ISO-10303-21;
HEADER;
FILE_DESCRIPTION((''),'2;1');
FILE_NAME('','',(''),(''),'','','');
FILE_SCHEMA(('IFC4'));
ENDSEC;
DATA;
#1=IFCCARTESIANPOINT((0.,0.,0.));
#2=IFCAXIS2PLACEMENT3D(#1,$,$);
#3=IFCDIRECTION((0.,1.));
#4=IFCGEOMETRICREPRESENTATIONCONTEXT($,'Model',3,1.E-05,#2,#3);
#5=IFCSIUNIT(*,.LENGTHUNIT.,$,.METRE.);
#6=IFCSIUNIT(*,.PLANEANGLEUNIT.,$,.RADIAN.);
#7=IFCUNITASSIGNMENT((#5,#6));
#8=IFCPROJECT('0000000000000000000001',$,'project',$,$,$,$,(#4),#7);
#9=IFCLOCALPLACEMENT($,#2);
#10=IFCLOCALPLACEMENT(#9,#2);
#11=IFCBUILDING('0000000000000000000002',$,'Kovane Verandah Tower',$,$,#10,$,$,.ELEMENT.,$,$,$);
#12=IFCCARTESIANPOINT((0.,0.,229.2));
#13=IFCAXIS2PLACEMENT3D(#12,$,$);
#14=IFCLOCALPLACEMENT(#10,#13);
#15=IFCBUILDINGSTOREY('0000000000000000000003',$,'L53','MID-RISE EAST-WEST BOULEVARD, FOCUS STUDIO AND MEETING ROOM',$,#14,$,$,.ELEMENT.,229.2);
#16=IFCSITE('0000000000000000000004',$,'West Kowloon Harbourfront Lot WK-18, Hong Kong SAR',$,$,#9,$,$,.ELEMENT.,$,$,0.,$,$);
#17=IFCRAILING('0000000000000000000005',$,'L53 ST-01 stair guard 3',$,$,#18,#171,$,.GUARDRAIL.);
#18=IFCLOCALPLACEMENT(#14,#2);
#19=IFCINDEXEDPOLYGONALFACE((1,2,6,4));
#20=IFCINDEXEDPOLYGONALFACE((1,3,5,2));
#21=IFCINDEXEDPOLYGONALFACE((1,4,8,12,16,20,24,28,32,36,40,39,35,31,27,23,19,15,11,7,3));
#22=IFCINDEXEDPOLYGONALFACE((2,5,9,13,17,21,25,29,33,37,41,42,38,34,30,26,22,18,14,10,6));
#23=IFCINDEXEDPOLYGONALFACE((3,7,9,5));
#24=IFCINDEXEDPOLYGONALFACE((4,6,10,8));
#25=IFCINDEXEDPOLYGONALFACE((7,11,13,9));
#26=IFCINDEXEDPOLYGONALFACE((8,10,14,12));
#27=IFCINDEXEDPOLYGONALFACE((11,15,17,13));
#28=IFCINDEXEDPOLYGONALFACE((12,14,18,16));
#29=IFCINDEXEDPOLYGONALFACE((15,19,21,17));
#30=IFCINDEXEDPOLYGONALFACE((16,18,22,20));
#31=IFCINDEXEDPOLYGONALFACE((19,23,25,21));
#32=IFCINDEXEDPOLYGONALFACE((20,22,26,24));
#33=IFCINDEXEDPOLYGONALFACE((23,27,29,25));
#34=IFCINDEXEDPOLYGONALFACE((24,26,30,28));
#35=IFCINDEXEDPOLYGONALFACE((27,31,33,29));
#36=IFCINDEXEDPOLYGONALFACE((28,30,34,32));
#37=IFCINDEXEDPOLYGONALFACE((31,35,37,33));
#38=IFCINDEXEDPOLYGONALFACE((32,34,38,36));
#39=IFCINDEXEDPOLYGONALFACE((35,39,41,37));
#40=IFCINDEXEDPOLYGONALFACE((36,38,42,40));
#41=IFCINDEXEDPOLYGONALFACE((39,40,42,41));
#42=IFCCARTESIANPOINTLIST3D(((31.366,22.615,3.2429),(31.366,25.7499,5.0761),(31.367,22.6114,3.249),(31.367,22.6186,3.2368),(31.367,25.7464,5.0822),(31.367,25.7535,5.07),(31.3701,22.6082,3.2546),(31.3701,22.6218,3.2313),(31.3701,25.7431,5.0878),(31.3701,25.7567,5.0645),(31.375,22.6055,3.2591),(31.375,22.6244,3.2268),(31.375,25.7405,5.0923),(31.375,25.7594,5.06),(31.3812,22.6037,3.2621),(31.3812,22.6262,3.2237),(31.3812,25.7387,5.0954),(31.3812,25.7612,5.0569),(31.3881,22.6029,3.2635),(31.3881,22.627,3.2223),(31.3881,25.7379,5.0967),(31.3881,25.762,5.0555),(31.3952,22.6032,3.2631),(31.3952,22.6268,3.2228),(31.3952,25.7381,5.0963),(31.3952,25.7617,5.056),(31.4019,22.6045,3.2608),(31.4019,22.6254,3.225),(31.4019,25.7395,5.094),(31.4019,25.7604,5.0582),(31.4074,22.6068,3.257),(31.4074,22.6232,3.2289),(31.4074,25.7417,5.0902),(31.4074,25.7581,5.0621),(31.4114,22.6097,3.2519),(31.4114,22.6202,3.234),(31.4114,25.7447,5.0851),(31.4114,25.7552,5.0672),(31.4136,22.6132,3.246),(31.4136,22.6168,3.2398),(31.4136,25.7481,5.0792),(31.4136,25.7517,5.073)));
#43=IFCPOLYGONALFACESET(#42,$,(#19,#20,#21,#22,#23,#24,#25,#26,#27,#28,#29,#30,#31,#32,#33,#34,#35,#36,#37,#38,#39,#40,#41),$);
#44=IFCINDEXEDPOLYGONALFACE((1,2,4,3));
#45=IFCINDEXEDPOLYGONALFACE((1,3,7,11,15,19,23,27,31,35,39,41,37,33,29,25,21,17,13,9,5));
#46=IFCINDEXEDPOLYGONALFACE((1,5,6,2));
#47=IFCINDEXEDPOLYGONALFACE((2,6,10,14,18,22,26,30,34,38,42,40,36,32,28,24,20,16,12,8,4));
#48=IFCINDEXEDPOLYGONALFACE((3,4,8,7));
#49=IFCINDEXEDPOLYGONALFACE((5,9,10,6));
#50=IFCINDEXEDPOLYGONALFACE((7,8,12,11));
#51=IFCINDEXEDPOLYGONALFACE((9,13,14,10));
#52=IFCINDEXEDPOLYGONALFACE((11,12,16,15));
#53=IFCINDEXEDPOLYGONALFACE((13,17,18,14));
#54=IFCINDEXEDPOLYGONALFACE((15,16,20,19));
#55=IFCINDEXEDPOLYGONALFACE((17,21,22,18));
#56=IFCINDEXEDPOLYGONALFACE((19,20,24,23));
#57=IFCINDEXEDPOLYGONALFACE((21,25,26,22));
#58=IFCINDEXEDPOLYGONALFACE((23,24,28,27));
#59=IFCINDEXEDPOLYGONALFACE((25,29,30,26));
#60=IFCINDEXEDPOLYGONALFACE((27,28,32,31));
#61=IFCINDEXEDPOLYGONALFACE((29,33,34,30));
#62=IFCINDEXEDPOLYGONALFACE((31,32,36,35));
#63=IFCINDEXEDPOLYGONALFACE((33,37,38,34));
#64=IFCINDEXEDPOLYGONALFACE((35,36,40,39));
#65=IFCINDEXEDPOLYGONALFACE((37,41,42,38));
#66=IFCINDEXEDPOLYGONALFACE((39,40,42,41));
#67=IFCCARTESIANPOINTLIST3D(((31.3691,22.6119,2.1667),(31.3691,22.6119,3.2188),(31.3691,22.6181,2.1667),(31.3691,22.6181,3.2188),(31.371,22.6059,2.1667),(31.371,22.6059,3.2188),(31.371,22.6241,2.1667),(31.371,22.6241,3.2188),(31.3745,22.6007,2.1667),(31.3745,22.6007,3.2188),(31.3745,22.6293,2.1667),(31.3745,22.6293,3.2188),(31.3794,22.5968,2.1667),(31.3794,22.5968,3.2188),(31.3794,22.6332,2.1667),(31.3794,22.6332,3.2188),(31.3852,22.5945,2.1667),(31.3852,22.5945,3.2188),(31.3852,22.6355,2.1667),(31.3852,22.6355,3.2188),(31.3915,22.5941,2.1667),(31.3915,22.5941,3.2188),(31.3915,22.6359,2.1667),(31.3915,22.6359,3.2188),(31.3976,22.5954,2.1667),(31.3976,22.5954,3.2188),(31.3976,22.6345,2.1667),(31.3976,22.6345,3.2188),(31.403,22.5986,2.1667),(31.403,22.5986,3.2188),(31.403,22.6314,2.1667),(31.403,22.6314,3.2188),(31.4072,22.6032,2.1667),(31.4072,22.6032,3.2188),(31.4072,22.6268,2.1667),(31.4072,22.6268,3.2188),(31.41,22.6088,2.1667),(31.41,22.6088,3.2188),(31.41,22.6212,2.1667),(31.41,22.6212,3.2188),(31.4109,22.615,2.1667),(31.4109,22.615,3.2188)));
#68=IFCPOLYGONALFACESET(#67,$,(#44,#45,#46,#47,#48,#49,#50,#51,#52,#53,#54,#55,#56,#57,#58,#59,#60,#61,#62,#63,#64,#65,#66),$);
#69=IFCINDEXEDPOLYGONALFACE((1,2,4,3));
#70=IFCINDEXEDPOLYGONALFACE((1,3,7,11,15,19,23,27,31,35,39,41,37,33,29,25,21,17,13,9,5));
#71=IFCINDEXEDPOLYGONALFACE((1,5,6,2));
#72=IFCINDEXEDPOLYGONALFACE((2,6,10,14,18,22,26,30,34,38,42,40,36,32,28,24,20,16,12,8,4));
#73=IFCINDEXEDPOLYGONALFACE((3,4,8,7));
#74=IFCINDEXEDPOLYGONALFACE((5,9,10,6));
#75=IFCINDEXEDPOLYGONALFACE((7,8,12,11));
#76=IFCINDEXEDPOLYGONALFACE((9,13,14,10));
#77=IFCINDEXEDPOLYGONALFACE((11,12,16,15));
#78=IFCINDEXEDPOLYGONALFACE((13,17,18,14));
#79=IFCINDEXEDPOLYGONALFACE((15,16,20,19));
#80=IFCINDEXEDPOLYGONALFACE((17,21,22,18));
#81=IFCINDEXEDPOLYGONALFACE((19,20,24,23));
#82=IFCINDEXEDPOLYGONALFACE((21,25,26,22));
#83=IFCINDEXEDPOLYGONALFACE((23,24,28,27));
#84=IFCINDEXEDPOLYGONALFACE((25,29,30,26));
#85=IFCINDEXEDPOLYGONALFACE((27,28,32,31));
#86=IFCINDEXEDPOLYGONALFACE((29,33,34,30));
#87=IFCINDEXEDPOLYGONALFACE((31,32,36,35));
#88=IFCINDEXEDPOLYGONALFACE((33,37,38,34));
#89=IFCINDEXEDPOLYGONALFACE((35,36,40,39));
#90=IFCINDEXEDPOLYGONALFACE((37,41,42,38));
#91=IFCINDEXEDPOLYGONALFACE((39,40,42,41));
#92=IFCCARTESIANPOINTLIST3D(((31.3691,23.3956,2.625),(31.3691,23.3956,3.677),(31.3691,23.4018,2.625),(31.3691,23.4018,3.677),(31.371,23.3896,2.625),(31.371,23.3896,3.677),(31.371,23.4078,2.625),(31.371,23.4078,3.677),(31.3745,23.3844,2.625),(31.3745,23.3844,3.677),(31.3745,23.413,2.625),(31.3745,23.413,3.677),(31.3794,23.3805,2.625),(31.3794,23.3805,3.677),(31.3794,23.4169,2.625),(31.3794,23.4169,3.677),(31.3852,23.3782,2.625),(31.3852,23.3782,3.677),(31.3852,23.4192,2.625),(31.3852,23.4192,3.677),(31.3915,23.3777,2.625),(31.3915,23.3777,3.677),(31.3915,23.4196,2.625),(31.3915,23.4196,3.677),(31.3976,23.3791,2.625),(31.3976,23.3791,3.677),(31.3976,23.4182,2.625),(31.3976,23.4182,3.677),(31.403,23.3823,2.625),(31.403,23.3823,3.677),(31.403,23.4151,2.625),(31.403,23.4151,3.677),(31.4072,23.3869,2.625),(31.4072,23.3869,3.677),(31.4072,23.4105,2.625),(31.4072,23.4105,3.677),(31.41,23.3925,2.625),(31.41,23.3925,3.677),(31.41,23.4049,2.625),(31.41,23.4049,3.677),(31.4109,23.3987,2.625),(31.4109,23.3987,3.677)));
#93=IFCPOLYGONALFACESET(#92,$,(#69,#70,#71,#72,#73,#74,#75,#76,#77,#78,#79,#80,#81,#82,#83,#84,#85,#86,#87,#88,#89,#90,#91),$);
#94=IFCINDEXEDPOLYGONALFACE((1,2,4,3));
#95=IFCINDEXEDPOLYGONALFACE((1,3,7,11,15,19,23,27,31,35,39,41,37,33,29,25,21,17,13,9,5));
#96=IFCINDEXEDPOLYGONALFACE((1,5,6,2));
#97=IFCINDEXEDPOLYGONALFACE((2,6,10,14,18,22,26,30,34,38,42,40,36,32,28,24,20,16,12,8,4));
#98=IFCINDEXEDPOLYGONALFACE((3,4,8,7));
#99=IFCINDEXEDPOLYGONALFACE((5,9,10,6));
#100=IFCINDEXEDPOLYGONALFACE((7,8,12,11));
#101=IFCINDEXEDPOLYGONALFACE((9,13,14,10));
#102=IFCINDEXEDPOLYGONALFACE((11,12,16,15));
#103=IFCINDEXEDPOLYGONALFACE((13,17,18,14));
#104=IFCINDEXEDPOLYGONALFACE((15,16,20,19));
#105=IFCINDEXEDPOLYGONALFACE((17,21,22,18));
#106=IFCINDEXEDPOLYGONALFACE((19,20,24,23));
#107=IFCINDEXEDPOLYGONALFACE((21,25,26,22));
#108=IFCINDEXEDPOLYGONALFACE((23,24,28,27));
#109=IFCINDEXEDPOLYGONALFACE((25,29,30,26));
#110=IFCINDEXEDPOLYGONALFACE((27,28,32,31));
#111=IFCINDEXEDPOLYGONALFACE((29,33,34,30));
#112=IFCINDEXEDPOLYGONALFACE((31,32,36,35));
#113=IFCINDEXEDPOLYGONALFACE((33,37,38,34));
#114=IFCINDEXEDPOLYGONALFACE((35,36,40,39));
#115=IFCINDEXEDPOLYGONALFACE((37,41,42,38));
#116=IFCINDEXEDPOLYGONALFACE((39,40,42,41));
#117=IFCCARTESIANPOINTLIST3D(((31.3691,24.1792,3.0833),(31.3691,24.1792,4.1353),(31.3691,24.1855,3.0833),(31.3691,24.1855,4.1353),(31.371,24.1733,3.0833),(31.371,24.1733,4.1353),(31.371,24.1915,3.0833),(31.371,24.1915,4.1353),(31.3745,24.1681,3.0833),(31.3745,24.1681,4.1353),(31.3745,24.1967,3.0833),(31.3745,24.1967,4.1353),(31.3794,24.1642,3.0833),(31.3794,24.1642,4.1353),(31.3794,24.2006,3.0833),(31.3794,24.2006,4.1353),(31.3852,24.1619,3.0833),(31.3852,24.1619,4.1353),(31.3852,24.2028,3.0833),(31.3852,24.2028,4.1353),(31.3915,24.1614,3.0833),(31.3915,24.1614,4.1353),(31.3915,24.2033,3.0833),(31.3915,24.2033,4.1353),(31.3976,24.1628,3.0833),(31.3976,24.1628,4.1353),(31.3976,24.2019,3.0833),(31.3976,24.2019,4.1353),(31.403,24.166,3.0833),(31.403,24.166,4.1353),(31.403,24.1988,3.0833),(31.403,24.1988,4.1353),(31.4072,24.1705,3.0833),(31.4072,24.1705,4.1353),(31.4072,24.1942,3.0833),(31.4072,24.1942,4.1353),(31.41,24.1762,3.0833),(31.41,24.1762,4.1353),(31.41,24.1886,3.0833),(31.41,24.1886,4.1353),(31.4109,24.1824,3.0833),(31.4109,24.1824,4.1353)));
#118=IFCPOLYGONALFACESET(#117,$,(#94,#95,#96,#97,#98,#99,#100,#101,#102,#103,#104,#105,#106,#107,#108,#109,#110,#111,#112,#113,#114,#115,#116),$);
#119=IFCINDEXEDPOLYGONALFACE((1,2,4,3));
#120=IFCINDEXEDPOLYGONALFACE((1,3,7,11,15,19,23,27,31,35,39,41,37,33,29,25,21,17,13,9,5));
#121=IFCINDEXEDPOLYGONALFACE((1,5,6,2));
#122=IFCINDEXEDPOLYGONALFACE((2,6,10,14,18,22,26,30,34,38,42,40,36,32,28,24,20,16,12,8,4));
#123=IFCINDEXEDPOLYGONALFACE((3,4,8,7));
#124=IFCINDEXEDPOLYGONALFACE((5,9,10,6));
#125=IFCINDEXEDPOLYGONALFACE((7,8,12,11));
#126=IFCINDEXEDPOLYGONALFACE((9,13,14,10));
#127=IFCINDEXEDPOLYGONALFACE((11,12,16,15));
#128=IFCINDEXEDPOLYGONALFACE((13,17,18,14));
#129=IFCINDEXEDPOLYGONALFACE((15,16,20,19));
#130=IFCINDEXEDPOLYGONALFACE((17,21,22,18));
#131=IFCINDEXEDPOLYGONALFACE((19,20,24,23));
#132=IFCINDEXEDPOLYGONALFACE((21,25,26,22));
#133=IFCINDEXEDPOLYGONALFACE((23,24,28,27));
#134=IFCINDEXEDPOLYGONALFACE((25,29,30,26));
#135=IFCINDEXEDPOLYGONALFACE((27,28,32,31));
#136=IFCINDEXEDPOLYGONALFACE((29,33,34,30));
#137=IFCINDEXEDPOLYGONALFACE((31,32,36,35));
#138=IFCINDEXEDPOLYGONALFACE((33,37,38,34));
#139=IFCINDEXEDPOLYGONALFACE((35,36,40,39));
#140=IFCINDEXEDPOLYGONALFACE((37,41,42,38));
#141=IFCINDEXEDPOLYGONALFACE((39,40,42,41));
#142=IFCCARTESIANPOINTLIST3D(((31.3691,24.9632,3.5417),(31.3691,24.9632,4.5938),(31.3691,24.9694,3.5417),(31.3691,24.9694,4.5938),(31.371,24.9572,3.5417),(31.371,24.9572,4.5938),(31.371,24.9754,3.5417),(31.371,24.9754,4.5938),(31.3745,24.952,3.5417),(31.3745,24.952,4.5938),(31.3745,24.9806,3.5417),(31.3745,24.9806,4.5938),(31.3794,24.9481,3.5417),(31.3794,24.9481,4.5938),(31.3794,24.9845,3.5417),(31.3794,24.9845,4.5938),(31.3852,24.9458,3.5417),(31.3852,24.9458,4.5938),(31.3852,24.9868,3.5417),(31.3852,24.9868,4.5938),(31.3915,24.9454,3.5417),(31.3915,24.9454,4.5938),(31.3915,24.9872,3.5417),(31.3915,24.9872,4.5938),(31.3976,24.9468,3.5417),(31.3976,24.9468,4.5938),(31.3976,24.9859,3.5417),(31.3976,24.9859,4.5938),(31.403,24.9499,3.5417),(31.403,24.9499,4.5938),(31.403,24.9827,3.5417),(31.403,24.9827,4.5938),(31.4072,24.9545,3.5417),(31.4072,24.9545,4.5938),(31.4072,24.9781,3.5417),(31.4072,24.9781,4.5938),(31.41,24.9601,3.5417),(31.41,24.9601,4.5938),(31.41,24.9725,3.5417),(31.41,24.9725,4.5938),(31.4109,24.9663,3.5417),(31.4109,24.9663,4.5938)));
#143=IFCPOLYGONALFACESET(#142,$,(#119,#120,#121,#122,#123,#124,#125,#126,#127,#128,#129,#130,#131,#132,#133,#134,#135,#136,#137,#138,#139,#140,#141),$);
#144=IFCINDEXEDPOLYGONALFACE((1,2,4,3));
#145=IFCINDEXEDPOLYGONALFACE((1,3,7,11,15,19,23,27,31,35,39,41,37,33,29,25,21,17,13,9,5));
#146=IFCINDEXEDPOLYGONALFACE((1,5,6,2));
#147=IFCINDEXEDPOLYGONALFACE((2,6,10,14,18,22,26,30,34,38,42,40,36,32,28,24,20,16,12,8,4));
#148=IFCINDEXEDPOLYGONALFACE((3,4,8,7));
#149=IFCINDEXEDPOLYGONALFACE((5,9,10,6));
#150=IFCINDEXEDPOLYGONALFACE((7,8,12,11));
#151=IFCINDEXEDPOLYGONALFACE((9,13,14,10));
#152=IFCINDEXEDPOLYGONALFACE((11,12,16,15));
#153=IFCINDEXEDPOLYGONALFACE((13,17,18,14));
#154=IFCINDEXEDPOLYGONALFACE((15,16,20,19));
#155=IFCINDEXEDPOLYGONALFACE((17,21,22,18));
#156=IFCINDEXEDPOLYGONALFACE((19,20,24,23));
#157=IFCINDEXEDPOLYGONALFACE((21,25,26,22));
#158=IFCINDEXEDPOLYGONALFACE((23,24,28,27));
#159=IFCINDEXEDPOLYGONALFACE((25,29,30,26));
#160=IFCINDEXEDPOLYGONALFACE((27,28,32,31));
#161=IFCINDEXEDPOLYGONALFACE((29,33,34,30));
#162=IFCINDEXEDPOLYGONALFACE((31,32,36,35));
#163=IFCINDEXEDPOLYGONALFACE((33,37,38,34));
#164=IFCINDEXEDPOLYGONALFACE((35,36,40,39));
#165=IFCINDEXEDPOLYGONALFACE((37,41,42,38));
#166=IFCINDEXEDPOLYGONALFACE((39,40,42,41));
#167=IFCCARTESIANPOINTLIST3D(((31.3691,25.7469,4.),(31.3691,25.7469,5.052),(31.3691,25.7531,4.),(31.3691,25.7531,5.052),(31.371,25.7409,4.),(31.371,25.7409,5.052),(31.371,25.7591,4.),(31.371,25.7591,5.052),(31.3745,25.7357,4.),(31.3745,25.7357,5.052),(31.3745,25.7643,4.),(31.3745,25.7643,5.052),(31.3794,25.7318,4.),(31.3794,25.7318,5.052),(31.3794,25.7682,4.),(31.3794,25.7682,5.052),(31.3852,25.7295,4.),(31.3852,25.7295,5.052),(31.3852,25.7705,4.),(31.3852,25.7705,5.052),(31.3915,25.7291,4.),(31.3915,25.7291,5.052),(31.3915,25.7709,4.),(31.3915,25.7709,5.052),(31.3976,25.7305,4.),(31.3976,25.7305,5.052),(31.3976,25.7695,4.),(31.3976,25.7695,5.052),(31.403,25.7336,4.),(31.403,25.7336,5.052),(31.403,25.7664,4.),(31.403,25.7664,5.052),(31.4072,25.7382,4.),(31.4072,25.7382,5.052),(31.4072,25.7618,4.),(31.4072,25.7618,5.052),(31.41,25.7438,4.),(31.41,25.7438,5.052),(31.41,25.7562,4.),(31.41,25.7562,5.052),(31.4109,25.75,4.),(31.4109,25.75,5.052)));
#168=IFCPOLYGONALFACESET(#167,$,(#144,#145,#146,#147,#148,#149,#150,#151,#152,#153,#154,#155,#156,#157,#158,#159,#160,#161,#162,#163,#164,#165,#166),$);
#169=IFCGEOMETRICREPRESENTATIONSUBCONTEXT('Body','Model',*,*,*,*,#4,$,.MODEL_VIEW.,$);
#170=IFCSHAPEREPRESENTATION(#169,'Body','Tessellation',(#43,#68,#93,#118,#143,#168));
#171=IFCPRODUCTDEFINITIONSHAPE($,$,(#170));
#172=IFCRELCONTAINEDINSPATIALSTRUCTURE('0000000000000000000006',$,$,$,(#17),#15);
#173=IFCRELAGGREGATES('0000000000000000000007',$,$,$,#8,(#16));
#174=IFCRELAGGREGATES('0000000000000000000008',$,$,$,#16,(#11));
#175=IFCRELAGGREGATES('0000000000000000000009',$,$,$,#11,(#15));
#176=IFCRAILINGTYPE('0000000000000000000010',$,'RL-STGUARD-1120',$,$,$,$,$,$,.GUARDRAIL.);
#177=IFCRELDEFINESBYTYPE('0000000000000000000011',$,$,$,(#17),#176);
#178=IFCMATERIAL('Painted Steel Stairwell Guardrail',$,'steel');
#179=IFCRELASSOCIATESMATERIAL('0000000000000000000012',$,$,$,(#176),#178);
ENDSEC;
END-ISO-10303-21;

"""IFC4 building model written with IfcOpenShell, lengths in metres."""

from ifc_helpers import new_model, si_unit, direction, frame, origin, origin_2d, place, context, subcontext, project, spatial, circle, extrude, material, type_object, element, save


model = new_model("IFC4")

# Units and contexts
model_context = context("Model", 3, precision=1e-05, world=origin(), true_north=direction((0.0, 1.0)))
body_context = subcontext(model_context, "Body", "Model", "MODEL_VIEW")
ifc_project = project(units=[si_unit("LENGTHUNIT", "METRE"), si_unit("PLANEANGLEUNIT", "RADIAN")], contexts=[model_context])

# Site, building, storey
site_placement = place(None, origin())
site = spatial("IfcSite", under=ifc_project, at=site_placement, Name="West Kowloon Harbourfront Lot WK-18, Hong Kong SAR", CompositionType="ELEMENT", RefElevation=0.0)
building_placement = place(site_placement, origin())
building = spatial("IfcBuilding", under=site, at=building_placement, Name="Kovane Verandah Tower", CompositionType="ELEMENT")
storey_placement = place(building_placement, frame((0.0, 0.0, 229.2)))
storey = spatial("IfcBuildingStorey", under=building, at=storey_placement, Name="L53", Description="MID-RISE EAST-WEST BOULEVARD, FOCUS STUDIO AND MEETING ROOM", CompositionType="ELEMENT", Elevation=229.2)

# Railing
ifc_material_1 = material(Name="Painted Steel Stairwell Guardrail", Category="steel")
railing_type_1 = type_object("IfcRailingType", Name="RL-STGUARD-1120", PredefinedType="GUARDRAIL", material=ifc_material_1)
railing_1_placement = place(storey_placement, frame((31.3899, 22.615, 2.1667)))
element("IfcRailing", 1, at=railing_1_placement, inside=storey, type_object=railing_type_1, Name="L53 ST-01 stair guard 3", PredefinedType="GUARDRAIL", context=body_context, shape_type="SweptSolid", body=[
    extrude(circle(Radius=0.0239, at=origin_2d()), frame((0.0, 0.0, 1.0762), z_axis=(0.0, 0.86324, 0.504794), x_axis=(-1.0, 0.0, 0.0)), (0.0, 0.0, 1.0), 3.6316),
    extrude(circle(Radius=0.021, at=origin_2d()), origin(), (0.0, 0.0, 1.0), 1.052),
    extrude(circle(Radius=0.021, at=origin_2d()), frame((0.0, 0.7837, 0.4583)), (0.0, 0.0, 1.0), 1.052),
    extrude(circle(Radius=0.021, at=origin_2d()), frame((0.0, 1.5674, 0.9165)), (0.0, 0.0, 1.0), 1.052),
    extrude(circle(Radius=0.021, at=origin_2d()), frame((0.0, 2.3513, 1.375)), (0.0, 0.0, 1.0), 1.052),
    extrude(circle(Radius=0.021, at=origin_2d()), frame((0.0, 3.135, 1.8333)), (0.0, 0.0, 1.0), 1.052),
])

save(model, "model.ifc")
